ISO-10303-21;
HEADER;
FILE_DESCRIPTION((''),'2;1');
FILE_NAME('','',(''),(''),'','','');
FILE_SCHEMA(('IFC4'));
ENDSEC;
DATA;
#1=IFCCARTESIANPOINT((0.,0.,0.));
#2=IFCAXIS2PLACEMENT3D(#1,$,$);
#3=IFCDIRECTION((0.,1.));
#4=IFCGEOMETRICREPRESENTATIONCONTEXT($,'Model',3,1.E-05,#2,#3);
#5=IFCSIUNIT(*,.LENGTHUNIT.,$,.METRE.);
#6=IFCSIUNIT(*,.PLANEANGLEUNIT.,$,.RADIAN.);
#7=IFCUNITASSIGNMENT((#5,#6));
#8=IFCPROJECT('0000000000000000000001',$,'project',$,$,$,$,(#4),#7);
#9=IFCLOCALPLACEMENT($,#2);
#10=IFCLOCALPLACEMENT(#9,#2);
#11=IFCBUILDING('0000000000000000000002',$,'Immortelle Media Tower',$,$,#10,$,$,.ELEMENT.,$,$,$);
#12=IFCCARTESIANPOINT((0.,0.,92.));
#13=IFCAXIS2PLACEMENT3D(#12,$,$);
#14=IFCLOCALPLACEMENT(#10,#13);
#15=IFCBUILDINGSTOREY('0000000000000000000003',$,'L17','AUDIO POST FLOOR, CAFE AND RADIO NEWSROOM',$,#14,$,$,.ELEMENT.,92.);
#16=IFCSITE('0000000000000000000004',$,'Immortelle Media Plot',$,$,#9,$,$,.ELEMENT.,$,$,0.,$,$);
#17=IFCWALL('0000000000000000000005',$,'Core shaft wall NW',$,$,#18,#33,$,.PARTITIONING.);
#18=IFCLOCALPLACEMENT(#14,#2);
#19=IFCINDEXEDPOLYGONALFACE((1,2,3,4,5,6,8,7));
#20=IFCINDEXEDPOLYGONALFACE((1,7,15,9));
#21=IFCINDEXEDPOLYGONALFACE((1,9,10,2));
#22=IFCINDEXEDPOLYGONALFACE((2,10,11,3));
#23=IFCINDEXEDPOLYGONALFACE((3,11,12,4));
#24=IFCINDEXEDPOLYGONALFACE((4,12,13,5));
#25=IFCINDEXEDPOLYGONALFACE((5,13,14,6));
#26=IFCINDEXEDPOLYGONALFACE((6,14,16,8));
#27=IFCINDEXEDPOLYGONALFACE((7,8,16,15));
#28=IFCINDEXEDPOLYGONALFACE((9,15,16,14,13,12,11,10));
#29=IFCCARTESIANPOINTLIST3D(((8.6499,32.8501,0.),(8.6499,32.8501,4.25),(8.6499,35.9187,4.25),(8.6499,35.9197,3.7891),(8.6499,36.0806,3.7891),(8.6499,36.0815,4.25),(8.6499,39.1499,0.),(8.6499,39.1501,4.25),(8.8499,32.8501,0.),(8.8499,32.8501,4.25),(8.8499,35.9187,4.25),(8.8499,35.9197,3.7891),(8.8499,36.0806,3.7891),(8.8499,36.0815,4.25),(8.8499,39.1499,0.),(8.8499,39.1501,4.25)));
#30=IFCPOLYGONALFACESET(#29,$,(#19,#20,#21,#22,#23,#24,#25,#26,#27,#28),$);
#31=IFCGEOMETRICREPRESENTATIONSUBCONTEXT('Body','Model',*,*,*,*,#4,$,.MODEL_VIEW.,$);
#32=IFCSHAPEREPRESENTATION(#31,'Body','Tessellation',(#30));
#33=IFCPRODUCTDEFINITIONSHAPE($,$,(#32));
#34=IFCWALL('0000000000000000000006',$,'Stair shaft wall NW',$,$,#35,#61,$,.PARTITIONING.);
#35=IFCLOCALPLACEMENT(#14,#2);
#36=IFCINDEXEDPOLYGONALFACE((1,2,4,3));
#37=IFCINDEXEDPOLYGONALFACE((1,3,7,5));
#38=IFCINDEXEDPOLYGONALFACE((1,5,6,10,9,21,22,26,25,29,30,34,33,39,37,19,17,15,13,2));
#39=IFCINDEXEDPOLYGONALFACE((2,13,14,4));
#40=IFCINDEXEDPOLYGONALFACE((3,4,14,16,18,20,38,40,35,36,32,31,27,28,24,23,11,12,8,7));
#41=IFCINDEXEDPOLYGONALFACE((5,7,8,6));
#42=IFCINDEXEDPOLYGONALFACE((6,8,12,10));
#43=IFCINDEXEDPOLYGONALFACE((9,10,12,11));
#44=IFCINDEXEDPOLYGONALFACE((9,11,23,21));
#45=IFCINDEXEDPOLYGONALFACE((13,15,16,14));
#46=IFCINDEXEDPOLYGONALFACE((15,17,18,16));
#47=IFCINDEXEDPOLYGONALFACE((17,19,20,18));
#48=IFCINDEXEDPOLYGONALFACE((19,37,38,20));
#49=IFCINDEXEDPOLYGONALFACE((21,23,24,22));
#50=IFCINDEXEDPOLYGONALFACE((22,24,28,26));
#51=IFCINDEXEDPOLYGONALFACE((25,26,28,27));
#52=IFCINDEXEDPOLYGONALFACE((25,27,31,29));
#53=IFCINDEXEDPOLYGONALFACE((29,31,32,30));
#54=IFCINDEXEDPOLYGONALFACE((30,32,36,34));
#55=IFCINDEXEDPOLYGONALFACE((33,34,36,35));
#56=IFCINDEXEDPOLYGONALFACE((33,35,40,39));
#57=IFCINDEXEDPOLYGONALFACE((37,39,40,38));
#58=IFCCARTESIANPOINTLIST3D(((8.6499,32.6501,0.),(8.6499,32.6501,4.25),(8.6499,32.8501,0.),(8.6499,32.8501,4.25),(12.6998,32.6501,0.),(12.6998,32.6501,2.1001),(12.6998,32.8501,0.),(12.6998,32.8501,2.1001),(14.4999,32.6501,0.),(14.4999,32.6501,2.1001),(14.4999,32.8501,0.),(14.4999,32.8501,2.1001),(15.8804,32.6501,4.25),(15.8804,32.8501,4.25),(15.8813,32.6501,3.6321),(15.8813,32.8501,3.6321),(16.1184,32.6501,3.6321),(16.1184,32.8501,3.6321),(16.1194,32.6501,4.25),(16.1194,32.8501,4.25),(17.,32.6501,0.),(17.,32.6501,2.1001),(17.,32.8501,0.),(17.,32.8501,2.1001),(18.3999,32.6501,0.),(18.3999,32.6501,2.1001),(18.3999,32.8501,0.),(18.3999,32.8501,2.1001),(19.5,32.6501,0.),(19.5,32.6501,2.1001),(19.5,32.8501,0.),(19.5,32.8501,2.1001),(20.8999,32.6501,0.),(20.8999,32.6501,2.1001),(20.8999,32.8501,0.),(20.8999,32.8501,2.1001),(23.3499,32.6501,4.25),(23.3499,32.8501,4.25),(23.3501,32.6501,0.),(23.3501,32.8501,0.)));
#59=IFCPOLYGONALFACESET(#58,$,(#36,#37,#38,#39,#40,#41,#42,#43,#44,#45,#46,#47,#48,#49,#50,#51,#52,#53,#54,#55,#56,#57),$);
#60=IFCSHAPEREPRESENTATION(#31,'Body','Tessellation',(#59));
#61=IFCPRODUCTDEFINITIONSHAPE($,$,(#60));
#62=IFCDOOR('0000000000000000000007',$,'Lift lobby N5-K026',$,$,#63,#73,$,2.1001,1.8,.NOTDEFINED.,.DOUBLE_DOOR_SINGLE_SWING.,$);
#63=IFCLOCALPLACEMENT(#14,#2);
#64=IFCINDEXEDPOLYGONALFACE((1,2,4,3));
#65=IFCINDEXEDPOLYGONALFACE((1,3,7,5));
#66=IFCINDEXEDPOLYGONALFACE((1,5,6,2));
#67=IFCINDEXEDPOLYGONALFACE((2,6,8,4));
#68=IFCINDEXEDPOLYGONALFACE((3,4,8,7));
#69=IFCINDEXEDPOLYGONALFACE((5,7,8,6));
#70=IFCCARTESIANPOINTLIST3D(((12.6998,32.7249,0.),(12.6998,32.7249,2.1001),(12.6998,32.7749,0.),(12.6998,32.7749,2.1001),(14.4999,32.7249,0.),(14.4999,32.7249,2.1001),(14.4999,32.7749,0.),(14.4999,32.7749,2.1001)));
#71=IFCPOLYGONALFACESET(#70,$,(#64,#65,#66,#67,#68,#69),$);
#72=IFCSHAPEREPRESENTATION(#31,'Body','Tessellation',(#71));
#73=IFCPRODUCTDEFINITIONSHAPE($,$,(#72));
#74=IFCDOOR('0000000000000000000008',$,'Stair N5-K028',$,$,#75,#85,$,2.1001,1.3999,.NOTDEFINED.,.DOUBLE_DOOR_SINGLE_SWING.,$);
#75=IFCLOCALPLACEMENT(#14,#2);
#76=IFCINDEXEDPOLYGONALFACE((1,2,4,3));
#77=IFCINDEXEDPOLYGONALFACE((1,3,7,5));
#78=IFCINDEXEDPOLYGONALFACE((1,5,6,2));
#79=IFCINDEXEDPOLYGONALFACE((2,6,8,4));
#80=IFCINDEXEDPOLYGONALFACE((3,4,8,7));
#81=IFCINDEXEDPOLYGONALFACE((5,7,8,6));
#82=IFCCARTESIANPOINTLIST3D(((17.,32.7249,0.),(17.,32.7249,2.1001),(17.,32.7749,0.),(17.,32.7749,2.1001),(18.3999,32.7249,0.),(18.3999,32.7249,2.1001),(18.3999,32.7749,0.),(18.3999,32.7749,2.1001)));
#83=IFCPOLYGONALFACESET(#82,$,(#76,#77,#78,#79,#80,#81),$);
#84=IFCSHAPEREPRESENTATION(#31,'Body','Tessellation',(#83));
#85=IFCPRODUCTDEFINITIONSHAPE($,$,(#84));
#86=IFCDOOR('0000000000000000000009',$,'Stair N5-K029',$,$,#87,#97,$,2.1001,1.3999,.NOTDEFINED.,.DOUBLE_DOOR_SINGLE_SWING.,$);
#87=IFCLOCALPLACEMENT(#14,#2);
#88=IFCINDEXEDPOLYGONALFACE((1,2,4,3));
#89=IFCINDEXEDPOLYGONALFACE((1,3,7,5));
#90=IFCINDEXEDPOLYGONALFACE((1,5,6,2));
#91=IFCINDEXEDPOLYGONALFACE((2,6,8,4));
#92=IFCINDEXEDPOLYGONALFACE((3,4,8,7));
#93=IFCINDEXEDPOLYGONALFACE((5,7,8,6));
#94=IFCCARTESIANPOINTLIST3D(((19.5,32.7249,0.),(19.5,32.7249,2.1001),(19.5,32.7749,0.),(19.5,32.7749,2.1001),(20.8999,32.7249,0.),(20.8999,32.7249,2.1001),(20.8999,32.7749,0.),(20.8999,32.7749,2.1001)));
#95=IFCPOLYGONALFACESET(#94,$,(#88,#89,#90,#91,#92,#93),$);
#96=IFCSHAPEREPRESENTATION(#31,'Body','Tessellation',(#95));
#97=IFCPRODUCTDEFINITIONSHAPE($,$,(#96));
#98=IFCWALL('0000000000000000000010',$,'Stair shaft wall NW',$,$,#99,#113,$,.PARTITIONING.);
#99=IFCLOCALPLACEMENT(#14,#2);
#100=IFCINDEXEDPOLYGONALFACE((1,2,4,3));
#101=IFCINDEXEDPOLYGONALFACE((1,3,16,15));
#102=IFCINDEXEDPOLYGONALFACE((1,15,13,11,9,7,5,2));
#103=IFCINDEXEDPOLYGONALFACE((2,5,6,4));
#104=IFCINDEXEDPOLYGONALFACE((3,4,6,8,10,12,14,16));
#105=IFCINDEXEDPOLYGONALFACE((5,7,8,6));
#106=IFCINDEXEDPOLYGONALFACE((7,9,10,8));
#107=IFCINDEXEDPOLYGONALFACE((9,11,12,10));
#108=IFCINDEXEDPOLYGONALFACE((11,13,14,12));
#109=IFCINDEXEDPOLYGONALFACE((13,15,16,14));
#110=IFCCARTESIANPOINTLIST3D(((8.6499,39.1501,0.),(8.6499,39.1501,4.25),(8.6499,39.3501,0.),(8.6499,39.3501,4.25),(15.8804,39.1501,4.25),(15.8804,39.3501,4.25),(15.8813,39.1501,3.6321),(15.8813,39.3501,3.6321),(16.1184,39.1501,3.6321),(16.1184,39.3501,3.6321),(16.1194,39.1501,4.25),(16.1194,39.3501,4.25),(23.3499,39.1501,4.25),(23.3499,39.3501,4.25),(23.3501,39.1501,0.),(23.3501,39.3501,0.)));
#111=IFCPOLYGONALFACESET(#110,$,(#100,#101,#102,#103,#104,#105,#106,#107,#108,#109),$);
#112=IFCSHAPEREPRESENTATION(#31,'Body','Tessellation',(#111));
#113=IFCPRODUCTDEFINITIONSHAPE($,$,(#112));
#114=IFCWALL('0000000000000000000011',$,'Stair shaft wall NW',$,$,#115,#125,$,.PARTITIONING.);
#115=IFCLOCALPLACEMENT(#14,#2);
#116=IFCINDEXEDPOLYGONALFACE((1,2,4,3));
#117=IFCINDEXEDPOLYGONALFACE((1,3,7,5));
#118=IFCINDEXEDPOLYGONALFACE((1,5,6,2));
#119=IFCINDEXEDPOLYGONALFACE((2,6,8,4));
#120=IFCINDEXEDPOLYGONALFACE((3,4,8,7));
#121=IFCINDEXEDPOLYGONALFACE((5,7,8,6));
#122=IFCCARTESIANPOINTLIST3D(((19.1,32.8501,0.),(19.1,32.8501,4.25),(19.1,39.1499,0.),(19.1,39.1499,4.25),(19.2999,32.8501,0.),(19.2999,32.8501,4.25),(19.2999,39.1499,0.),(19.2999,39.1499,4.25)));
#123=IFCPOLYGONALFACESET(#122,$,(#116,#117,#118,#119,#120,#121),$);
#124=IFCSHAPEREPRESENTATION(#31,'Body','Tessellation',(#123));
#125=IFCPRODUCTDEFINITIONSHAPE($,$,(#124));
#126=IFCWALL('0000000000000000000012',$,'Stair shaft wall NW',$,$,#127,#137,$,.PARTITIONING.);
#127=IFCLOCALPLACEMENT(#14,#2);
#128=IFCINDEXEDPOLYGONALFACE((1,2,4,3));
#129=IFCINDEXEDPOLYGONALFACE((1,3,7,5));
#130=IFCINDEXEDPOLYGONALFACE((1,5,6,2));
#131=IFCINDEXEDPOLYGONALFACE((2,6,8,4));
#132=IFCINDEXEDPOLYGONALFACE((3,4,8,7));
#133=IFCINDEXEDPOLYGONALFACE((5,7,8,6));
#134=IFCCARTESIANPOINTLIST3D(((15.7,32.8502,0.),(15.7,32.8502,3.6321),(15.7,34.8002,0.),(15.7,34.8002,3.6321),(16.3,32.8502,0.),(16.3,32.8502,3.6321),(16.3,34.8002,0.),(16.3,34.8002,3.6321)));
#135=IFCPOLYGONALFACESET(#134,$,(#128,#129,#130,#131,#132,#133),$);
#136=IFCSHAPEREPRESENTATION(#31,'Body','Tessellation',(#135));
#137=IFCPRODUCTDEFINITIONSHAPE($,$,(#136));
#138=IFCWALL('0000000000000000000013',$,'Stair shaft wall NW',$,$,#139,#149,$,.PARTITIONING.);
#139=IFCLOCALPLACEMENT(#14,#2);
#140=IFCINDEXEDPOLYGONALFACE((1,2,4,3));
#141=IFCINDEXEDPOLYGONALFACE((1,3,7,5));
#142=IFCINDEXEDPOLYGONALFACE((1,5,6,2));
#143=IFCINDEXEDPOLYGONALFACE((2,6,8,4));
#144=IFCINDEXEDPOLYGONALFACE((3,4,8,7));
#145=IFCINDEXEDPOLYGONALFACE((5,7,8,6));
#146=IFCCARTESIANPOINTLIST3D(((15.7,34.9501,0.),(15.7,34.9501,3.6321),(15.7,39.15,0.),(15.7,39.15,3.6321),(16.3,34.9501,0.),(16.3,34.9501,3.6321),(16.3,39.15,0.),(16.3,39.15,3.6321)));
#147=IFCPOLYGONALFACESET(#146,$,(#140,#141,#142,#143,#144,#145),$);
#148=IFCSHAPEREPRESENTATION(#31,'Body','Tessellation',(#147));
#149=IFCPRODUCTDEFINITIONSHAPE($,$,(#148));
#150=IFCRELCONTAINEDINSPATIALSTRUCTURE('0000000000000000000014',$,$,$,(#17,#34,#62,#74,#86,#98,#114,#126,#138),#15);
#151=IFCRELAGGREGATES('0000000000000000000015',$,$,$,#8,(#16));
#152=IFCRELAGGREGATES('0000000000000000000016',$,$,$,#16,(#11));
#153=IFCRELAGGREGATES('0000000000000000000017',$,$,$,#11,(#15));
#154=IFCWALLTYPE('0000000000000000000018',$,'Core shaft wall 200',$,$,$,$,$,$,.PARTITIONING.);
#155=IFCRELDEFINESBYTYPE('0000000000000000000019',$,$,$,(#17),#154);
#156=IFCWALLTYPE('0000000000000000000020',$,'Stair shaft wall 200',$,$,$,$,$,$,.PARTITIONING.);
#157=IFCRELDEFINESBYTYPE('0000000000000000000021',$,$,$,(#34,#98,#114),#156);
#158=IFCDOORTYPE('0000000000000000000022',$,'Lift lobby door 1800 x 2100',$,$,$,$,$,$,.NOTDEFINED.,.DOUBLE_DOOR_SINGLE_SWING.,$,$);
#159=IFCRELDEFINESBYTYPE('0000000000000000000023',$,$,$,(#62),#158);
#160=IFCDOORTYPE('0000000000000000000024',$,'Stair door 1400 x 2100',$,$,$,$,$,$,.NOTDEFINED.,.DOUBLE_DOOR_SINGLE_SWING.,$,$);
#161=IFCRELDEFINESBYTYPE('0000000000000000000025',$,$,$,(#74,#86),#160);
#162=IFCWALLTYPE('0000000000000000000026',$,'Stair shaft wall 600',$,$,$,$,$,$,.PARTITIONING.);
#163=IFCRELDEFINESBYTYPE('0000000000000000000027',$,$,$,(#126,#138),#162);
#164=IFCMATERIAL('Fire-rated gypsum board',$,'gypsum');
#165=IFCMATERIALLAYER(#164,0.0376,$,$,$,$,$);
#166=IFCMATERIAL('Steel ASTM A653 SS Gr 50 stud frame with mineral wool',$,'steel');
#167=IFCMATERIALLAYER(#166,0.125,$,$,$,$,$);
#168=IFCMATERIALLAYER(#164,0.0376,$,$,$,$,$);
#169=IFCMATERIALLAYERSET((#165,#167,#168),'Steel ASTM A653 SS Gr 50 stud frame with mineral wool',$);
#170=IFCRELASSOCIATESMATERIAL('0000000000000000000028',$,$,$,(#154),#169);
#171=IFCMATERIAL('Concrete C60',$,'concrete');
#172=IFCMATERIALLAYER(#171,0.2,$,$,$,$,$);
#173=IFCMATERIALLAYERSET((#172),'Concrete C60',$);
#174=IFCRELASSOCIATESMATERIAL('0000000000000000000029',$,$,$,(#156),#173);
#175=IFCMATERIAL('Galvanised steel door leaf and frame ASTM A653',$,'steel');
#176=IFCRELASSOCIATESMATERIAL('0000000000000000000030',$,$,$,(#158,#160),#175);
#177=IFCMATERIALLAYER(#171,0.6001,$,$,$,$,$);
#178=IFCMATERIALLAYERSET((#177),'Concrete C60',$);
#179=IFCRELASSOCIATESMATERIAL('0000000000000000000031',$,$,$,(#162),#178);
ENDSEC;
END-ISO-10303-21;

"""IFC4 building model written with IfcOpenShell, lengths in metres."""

from ifc_helpers import new_model, si_unit, direction, frame, frame_2d, origin, place, context, subcontext, project, spatial, polyline, rectangle, outline, extrude, material, layer, layer_set, type_object, element, fill, save


model = new_model("IFC4")

# Units and contexts
model_context = context("Model", 3, precision=1e-05, world=origin(), true_north=direction((0.0, 1.0)))
body_context = subcontext(model_context, "Body", "Model", "MODEL_VIEW")
ifc_project = project(units=[si_unit("LENGTHUNIT", "METRE"), si_unit("PLANEANGLEUNIT", "RADIAN")], contexts=[model_context])

# Site, building, storey
site_placement = place(None, origin())
site = spatial("IfcSite", under=ifc_project, at=site_placement, Name="Immortelle Media Plot", CompositionType="ELEMENT", RefElevation=0.0)
building_placement = place(site_placement, origin())
building = spatial("IfcBuilding", under=site, at=building_placement, Name="Immortelle Media Tower", CompositionType="ELEMENT")
storey_placement = place(building_placement, frame((0.0, 0.0, 92.0)))
storey = spatial("IfcBuildingStorey", under=building, at=storey_placement, Name="L17", Description="AUDIO POST FLOOR, CAFE AND RADIO NEWSROOM", CompositionType="ELEMENT", Elevation=92.0)

# Shared definitions
ifc_material_1 = material(Name="Fire-rated gypsum board", Category="gypsum")
ifc_material_2 = material(Name="Steel ASTM A653 SS Gr 50 stud frame with mineral wool", Category="steel")
ifc_material_3 = material(Name="Galvanised steel door leaf and frame ASTM A653", Category="steel")

# Wall
ifc_layer_1 = layer(ifc_material_1, 0.0376)
ifc_layer_2 = layer(ifc_material_2, 0.125)
ifc_layer_3 = layer(ifc_material_1, 0.0376)
ifc_layer_set_1 = layer_set([ifc_layer_1, ifc_layer_2, ifc_layer_3], Name="Steel ASTM A653 SS Gr 50 stud frame with mineral wool")
wall_type_1 = type_object("IfcWallType", Name="Core shaft wall 200", PredefinedType="PARTITIONING", material=ifc_layer_set_1)
wall_1_placement = place(storey_placement, frame((8.75, 32.8501, 0.0), z_axis=(0.0, 0.0, 1.0), x_axis=(0.0, 1.0, 0.0)))
element("IfcWall", 1, at=wall_1_placement, inside=storey, type_object=wall_type_1, Name="Core shaft wall NW", PredefinedType="PARTITIONING", context=body_context, shape_type="SweptSolid", body=[
    extrude(outline(polyline([(0.0, 0.0), (6.2998, 0.0), (6.3, 4.25), (3.2314, 4.25), (3.2305, 3.7891), (3.0696, 3.7891), (3.0686, 4.25), (0.0, 4.25), (0.0, 0.0)])), frame((0.0, 0.1001, 0.0), z_axis=(0.0, -1.0, 0.0), x_axis=(1.0, 0.0, 0.0)), (0.0, 0.0, 1.0), 0.2),
])

# Wall, openings, doors
ifc_material_4 = material(Name="Concrete C60", Category="concrete")
ifc_layer_4 = layer(ifc_material_4, 0.2)
ifc_layer_set_2 = layer_set([ifc_layer_4], Name="Concrete C60")
wall_type_2 = type_object("IfcWallType", Name="Stair shaft wall 200", PredefinedType="PARTITIONING", material=ifc_layer_set_2)
wall_2_placement = place(storey_placement, frame((8.6499, 32.75, 0.0), z_axis=(0.0, 0.0, 1.0), x_axis=(1.0, 0.0, 0.0)))
wall_2 = element("IfcWall", 2, at=wall_2_placement, inside=storey, type_object=wall_type_2, Name="Stair shaft wall NW", PredefinedType="PARTITIONING", context=body_context, shape_type="SweptSolid", body=[
    extrude(outline(polyline([(0.0, 0.0), (14.7002, 0.0), (14.7, 4.25), (7.4695, 4.25), (7.4685, 3.6321), (7.2314, 3.6321), (7.2305, 4.25), (0.0, 4.25), (0.0, 0.0)])), frame((0.0, 0.1001, 0.0), z_axis=(0.0, -1.0, 0.0), x_axis=(1.0, 0.0, 0.0)), (0.0, 0.0, 1.0), 0.2),
])
opening_1_placement = place(wall_2_placement, frame((4.05, 0.0, 0.0)))
opening_1 = element("IfcOpeningElement", 3, at=opening_1_placement, cuts=wall_2, PredefinedType="OPENING", context=body_context, shape_type="SweptSolid", body=[
    extrude(rectangle(XDim=1.8, YDim=2.1001, at=frame_2d((0.8999, 1.05))), frame((0.0, 0.1099, 0.0), z_axis=(0.0, -1.0, 0.0), x_axis=(1.0, 0.0, 0.0)), (0.0, 0.0, 1.0), 0.22),
])
opening_2_placement = place(wall_2_placement, frame((8.3501, 0.0, 0.0)))
opening_2 = element("IfcOpeningElement", 4, at=opening_2_placement, cuts=wall_2, PredefinedType="OPENING", context=body_context, shape_type="SweptSolid", body=[
    extrude(rectangle(XDim=1.3999, YDim=2.1001, at=frame_2d((0.7, 1.05))), frame((0.0, 0.1099, 0.0), z_axis=(0.0, -1.0, 0.0), x_axis=(1.0, 0.0, 0.0)), (0.0, 0.0, 1.0), 0.22),
])
opening_3_placement = place(wall_2_placement, frame((10.8501, 0.0, 0.0)))
opening_3 = element("IfcOpeningElement", 5, at=opening_3_placement, cuts=wall_2, PredefinedType="OPENING", context=body_context, shape_type="SweptSolid", body=[
    extrude(rectangle(XDim=1.3999, YDim=2.1001, at=frame_2d((0.7, 1.05))), frame((0.0, 0.1099, 0.0), z_axis=(0.0, -1.0, 0.0), x_axis=(1.0, 0.0, 0.0)), (0.0, 0.0, 1.0), 0.22),
])
door_type_1 = type_object("IfcDoorType", Name="Lift lobby door 1800 x 2100", OperationType="DOUBLE_DOOR_SINGLE_SWING", PredefinedType="NOTDEFINED", material=ifc_material_3)
door_1_placement = place(opening_1_placement, origin())
door_1 = element("IfcDoor", 6, at=door_1_placement, inside=storey, type_object=door_type_1, Name="Lift lobby N5-K026", OperationType="DOUBLE_DOOR_SINGLE_SWING", OverallHeight=2.1001, OverallWidth=1.8, PredefinedType="NOTDEFINED", context=body_context, shape_type="SweptSolid", body=[
    extrude(rectangle(XDim=1.8, YDim=2.1001, at=frame_2d((0.8999, 1.05))), frame((0.0, 0.0249, 0.0), z_axis=(0.0, -1.0, 0.0), x_axis=(1.0, 0.0, 0.0)), (0.0, 0.0, 1.0), 0.05),
])
fill(opening_1, door_1)
door_type_2 = type_object("IfcDoorType", Name="Stair door 1400 x 2100", OperationType="DOUBLE_DOOR_SINGLE_SWING", PredefinedType="NOTDEFINED", material=ifc_material_3)
door_2_placement = place(opening_2_placement, origin())
door_2 = element("IfcDoor", 7, at=door_2_placement, inside=storey, type_object=door_type_2, Name="Stair N5-K028", OperationType="DOUBLE_DOOR_SINGLE_SWING", OverallHeight=2.1001, OverallWidth=1.3999, PredefinedType="NOTDEFINED", context=body_context, shape_type="SweptSolid", body=[
    extrude(rectangle(XDim=1.3999, YDim=2.1001, at=frame_2d((0.7, 1.05))), frame((0.0, 0.0249, 0.0), z_axis=(0.0, -1.0, 0.0), x_axis=(1.0, 0.0, 0.0)), (0.0, 0.0, 1.0), 0.05),
])
fill(opening_2, door_2)
door_3_placement = place(opening_3_placement, origin())
door_3 = element("IfcDoor", 8, at=door_3_placement, inside=storey, type_object=door_type_2, Name="Stair N5-K029", OperationType="DOUBLE_DOOR_SINGLE_SWING", OverallHeight=2.1001, OverallWidth=1.3999, PredefinedType="NOTDEFINED", context=body_context, shape_type="SweptSolid", body=[
    extrude(rectangle(XDim=1.3999, YDim=2.1001, at=frame_2d((0.7, 1.05))), frame((0.0, 0.0249, 0.0), z_axis=(0.0, -1.0, 0.0), x_axis=(1.0, 0.0, 0.0)), (0.0, 0.0, 1.0), 0.05),
])
fill(opening_3, door_3)

# Walls
wall_3_placement = place(storey_placement, frame((8.6499, 39.25, 0.0), z_axis=(0.0, 0.0, 1.0), x_axis=(1.0, 0.0, 0.0)))
element("IfcWall", 9, at=wall_3_placement, inside=storey, type_object=wall_type_2, Name="Stair shaft wall NW", PredefinedType="PARTITIONING", context=body_context, shape_type="SweptSolid", body=[
    extrude(outline(polyline([(0.0, 0.0), (14.7002, 0.0), (14.7, 4.25), (7.4695, 4.25), (7.4685, 3.6321), (7.2314, 3.6321), (7.2305, 4.25), (0.0, 4.25), (0.0, 0.0)])), frame((0.0, 0.1001, 0.0), z_axis=(0.0, -1.0, 0.0), x_axis=(1.0, 0.0, 0.0)), (0.0, 0.0, 1.0), 0.2),
])
wall_4_placement = place(storey_placement, frame((19.2, 32.8501, 0.0), z_axis=(0.0, 0.0, 1.0), x_axis=(0.0, 1.0, 0.0)))
element("IfcWall", 10, at=wall_4_placement, inside=storey, type_object=wall_type_2, Name="Stair shaft wall NW", PredefinedType="PARTITIONING", context=body_context, shape_type="SweptSolid", body=[
    extrude(rectangle(XDim=6.2998, YDim=0.2, at=frame_2d((3.1499, 0.0))), origin(), (0.0, 0.0, 1.0), 4.25),
])
ifc_layer_5 = layer(ifc_material_4, 0.6001)
ifc_layer_set_3 = layer_set([ifc_layer_5], Name="Concrete C60")
wall_type_3 = type_object("IfcWallType", Name="Stair shaft wall 600", PredefinedType="PARTITIONING", material=ifc_layer_set_3)
wall_5_placement = place(storey_placement, frame((16.0, 32.8501, 0.0), z_axis=(0.0, 0.0, 1.0), x_axis=(0.0, 1.0, 0.0)))
element("IfcWall", 11, at=wall_5_placement, inside=storey, type_object=wall_type_3, Name="Stair shaft wall NW", PredefinedType="PARTITIONING", context=body_context, shape_type="SweptSolid", body=[
    extrude(rectangle(XDim=1.95, YDim=0.6001, at=frame_2d((0.9751, 0.0))), origin(), (0.0, 0.0, 1.0), 3.6321),
])
wall_6_placement = place(storey_placement, frame((16.0, 34.95, 0.0), z_axis=(0.0, 0.0, 1.0), x_axis=(0.0, 1.0, 0.0)))
element("IfcWall", 12, at=wall_6_placement, inside=storey, type_object=wall_type_3, Name="Stair shaft wall NW", PredefinedType="PARTITIONING", context=body_context, shape_type="SweptSolid", body=[
    extrude(rectangle(XDim=4.2, YDim=0.6001, at=frame_2d((2.1001, 0.0))), origin(), (0.0, 0.0, 1.0), 3.6321),
])

save(model, "model.ifc")
